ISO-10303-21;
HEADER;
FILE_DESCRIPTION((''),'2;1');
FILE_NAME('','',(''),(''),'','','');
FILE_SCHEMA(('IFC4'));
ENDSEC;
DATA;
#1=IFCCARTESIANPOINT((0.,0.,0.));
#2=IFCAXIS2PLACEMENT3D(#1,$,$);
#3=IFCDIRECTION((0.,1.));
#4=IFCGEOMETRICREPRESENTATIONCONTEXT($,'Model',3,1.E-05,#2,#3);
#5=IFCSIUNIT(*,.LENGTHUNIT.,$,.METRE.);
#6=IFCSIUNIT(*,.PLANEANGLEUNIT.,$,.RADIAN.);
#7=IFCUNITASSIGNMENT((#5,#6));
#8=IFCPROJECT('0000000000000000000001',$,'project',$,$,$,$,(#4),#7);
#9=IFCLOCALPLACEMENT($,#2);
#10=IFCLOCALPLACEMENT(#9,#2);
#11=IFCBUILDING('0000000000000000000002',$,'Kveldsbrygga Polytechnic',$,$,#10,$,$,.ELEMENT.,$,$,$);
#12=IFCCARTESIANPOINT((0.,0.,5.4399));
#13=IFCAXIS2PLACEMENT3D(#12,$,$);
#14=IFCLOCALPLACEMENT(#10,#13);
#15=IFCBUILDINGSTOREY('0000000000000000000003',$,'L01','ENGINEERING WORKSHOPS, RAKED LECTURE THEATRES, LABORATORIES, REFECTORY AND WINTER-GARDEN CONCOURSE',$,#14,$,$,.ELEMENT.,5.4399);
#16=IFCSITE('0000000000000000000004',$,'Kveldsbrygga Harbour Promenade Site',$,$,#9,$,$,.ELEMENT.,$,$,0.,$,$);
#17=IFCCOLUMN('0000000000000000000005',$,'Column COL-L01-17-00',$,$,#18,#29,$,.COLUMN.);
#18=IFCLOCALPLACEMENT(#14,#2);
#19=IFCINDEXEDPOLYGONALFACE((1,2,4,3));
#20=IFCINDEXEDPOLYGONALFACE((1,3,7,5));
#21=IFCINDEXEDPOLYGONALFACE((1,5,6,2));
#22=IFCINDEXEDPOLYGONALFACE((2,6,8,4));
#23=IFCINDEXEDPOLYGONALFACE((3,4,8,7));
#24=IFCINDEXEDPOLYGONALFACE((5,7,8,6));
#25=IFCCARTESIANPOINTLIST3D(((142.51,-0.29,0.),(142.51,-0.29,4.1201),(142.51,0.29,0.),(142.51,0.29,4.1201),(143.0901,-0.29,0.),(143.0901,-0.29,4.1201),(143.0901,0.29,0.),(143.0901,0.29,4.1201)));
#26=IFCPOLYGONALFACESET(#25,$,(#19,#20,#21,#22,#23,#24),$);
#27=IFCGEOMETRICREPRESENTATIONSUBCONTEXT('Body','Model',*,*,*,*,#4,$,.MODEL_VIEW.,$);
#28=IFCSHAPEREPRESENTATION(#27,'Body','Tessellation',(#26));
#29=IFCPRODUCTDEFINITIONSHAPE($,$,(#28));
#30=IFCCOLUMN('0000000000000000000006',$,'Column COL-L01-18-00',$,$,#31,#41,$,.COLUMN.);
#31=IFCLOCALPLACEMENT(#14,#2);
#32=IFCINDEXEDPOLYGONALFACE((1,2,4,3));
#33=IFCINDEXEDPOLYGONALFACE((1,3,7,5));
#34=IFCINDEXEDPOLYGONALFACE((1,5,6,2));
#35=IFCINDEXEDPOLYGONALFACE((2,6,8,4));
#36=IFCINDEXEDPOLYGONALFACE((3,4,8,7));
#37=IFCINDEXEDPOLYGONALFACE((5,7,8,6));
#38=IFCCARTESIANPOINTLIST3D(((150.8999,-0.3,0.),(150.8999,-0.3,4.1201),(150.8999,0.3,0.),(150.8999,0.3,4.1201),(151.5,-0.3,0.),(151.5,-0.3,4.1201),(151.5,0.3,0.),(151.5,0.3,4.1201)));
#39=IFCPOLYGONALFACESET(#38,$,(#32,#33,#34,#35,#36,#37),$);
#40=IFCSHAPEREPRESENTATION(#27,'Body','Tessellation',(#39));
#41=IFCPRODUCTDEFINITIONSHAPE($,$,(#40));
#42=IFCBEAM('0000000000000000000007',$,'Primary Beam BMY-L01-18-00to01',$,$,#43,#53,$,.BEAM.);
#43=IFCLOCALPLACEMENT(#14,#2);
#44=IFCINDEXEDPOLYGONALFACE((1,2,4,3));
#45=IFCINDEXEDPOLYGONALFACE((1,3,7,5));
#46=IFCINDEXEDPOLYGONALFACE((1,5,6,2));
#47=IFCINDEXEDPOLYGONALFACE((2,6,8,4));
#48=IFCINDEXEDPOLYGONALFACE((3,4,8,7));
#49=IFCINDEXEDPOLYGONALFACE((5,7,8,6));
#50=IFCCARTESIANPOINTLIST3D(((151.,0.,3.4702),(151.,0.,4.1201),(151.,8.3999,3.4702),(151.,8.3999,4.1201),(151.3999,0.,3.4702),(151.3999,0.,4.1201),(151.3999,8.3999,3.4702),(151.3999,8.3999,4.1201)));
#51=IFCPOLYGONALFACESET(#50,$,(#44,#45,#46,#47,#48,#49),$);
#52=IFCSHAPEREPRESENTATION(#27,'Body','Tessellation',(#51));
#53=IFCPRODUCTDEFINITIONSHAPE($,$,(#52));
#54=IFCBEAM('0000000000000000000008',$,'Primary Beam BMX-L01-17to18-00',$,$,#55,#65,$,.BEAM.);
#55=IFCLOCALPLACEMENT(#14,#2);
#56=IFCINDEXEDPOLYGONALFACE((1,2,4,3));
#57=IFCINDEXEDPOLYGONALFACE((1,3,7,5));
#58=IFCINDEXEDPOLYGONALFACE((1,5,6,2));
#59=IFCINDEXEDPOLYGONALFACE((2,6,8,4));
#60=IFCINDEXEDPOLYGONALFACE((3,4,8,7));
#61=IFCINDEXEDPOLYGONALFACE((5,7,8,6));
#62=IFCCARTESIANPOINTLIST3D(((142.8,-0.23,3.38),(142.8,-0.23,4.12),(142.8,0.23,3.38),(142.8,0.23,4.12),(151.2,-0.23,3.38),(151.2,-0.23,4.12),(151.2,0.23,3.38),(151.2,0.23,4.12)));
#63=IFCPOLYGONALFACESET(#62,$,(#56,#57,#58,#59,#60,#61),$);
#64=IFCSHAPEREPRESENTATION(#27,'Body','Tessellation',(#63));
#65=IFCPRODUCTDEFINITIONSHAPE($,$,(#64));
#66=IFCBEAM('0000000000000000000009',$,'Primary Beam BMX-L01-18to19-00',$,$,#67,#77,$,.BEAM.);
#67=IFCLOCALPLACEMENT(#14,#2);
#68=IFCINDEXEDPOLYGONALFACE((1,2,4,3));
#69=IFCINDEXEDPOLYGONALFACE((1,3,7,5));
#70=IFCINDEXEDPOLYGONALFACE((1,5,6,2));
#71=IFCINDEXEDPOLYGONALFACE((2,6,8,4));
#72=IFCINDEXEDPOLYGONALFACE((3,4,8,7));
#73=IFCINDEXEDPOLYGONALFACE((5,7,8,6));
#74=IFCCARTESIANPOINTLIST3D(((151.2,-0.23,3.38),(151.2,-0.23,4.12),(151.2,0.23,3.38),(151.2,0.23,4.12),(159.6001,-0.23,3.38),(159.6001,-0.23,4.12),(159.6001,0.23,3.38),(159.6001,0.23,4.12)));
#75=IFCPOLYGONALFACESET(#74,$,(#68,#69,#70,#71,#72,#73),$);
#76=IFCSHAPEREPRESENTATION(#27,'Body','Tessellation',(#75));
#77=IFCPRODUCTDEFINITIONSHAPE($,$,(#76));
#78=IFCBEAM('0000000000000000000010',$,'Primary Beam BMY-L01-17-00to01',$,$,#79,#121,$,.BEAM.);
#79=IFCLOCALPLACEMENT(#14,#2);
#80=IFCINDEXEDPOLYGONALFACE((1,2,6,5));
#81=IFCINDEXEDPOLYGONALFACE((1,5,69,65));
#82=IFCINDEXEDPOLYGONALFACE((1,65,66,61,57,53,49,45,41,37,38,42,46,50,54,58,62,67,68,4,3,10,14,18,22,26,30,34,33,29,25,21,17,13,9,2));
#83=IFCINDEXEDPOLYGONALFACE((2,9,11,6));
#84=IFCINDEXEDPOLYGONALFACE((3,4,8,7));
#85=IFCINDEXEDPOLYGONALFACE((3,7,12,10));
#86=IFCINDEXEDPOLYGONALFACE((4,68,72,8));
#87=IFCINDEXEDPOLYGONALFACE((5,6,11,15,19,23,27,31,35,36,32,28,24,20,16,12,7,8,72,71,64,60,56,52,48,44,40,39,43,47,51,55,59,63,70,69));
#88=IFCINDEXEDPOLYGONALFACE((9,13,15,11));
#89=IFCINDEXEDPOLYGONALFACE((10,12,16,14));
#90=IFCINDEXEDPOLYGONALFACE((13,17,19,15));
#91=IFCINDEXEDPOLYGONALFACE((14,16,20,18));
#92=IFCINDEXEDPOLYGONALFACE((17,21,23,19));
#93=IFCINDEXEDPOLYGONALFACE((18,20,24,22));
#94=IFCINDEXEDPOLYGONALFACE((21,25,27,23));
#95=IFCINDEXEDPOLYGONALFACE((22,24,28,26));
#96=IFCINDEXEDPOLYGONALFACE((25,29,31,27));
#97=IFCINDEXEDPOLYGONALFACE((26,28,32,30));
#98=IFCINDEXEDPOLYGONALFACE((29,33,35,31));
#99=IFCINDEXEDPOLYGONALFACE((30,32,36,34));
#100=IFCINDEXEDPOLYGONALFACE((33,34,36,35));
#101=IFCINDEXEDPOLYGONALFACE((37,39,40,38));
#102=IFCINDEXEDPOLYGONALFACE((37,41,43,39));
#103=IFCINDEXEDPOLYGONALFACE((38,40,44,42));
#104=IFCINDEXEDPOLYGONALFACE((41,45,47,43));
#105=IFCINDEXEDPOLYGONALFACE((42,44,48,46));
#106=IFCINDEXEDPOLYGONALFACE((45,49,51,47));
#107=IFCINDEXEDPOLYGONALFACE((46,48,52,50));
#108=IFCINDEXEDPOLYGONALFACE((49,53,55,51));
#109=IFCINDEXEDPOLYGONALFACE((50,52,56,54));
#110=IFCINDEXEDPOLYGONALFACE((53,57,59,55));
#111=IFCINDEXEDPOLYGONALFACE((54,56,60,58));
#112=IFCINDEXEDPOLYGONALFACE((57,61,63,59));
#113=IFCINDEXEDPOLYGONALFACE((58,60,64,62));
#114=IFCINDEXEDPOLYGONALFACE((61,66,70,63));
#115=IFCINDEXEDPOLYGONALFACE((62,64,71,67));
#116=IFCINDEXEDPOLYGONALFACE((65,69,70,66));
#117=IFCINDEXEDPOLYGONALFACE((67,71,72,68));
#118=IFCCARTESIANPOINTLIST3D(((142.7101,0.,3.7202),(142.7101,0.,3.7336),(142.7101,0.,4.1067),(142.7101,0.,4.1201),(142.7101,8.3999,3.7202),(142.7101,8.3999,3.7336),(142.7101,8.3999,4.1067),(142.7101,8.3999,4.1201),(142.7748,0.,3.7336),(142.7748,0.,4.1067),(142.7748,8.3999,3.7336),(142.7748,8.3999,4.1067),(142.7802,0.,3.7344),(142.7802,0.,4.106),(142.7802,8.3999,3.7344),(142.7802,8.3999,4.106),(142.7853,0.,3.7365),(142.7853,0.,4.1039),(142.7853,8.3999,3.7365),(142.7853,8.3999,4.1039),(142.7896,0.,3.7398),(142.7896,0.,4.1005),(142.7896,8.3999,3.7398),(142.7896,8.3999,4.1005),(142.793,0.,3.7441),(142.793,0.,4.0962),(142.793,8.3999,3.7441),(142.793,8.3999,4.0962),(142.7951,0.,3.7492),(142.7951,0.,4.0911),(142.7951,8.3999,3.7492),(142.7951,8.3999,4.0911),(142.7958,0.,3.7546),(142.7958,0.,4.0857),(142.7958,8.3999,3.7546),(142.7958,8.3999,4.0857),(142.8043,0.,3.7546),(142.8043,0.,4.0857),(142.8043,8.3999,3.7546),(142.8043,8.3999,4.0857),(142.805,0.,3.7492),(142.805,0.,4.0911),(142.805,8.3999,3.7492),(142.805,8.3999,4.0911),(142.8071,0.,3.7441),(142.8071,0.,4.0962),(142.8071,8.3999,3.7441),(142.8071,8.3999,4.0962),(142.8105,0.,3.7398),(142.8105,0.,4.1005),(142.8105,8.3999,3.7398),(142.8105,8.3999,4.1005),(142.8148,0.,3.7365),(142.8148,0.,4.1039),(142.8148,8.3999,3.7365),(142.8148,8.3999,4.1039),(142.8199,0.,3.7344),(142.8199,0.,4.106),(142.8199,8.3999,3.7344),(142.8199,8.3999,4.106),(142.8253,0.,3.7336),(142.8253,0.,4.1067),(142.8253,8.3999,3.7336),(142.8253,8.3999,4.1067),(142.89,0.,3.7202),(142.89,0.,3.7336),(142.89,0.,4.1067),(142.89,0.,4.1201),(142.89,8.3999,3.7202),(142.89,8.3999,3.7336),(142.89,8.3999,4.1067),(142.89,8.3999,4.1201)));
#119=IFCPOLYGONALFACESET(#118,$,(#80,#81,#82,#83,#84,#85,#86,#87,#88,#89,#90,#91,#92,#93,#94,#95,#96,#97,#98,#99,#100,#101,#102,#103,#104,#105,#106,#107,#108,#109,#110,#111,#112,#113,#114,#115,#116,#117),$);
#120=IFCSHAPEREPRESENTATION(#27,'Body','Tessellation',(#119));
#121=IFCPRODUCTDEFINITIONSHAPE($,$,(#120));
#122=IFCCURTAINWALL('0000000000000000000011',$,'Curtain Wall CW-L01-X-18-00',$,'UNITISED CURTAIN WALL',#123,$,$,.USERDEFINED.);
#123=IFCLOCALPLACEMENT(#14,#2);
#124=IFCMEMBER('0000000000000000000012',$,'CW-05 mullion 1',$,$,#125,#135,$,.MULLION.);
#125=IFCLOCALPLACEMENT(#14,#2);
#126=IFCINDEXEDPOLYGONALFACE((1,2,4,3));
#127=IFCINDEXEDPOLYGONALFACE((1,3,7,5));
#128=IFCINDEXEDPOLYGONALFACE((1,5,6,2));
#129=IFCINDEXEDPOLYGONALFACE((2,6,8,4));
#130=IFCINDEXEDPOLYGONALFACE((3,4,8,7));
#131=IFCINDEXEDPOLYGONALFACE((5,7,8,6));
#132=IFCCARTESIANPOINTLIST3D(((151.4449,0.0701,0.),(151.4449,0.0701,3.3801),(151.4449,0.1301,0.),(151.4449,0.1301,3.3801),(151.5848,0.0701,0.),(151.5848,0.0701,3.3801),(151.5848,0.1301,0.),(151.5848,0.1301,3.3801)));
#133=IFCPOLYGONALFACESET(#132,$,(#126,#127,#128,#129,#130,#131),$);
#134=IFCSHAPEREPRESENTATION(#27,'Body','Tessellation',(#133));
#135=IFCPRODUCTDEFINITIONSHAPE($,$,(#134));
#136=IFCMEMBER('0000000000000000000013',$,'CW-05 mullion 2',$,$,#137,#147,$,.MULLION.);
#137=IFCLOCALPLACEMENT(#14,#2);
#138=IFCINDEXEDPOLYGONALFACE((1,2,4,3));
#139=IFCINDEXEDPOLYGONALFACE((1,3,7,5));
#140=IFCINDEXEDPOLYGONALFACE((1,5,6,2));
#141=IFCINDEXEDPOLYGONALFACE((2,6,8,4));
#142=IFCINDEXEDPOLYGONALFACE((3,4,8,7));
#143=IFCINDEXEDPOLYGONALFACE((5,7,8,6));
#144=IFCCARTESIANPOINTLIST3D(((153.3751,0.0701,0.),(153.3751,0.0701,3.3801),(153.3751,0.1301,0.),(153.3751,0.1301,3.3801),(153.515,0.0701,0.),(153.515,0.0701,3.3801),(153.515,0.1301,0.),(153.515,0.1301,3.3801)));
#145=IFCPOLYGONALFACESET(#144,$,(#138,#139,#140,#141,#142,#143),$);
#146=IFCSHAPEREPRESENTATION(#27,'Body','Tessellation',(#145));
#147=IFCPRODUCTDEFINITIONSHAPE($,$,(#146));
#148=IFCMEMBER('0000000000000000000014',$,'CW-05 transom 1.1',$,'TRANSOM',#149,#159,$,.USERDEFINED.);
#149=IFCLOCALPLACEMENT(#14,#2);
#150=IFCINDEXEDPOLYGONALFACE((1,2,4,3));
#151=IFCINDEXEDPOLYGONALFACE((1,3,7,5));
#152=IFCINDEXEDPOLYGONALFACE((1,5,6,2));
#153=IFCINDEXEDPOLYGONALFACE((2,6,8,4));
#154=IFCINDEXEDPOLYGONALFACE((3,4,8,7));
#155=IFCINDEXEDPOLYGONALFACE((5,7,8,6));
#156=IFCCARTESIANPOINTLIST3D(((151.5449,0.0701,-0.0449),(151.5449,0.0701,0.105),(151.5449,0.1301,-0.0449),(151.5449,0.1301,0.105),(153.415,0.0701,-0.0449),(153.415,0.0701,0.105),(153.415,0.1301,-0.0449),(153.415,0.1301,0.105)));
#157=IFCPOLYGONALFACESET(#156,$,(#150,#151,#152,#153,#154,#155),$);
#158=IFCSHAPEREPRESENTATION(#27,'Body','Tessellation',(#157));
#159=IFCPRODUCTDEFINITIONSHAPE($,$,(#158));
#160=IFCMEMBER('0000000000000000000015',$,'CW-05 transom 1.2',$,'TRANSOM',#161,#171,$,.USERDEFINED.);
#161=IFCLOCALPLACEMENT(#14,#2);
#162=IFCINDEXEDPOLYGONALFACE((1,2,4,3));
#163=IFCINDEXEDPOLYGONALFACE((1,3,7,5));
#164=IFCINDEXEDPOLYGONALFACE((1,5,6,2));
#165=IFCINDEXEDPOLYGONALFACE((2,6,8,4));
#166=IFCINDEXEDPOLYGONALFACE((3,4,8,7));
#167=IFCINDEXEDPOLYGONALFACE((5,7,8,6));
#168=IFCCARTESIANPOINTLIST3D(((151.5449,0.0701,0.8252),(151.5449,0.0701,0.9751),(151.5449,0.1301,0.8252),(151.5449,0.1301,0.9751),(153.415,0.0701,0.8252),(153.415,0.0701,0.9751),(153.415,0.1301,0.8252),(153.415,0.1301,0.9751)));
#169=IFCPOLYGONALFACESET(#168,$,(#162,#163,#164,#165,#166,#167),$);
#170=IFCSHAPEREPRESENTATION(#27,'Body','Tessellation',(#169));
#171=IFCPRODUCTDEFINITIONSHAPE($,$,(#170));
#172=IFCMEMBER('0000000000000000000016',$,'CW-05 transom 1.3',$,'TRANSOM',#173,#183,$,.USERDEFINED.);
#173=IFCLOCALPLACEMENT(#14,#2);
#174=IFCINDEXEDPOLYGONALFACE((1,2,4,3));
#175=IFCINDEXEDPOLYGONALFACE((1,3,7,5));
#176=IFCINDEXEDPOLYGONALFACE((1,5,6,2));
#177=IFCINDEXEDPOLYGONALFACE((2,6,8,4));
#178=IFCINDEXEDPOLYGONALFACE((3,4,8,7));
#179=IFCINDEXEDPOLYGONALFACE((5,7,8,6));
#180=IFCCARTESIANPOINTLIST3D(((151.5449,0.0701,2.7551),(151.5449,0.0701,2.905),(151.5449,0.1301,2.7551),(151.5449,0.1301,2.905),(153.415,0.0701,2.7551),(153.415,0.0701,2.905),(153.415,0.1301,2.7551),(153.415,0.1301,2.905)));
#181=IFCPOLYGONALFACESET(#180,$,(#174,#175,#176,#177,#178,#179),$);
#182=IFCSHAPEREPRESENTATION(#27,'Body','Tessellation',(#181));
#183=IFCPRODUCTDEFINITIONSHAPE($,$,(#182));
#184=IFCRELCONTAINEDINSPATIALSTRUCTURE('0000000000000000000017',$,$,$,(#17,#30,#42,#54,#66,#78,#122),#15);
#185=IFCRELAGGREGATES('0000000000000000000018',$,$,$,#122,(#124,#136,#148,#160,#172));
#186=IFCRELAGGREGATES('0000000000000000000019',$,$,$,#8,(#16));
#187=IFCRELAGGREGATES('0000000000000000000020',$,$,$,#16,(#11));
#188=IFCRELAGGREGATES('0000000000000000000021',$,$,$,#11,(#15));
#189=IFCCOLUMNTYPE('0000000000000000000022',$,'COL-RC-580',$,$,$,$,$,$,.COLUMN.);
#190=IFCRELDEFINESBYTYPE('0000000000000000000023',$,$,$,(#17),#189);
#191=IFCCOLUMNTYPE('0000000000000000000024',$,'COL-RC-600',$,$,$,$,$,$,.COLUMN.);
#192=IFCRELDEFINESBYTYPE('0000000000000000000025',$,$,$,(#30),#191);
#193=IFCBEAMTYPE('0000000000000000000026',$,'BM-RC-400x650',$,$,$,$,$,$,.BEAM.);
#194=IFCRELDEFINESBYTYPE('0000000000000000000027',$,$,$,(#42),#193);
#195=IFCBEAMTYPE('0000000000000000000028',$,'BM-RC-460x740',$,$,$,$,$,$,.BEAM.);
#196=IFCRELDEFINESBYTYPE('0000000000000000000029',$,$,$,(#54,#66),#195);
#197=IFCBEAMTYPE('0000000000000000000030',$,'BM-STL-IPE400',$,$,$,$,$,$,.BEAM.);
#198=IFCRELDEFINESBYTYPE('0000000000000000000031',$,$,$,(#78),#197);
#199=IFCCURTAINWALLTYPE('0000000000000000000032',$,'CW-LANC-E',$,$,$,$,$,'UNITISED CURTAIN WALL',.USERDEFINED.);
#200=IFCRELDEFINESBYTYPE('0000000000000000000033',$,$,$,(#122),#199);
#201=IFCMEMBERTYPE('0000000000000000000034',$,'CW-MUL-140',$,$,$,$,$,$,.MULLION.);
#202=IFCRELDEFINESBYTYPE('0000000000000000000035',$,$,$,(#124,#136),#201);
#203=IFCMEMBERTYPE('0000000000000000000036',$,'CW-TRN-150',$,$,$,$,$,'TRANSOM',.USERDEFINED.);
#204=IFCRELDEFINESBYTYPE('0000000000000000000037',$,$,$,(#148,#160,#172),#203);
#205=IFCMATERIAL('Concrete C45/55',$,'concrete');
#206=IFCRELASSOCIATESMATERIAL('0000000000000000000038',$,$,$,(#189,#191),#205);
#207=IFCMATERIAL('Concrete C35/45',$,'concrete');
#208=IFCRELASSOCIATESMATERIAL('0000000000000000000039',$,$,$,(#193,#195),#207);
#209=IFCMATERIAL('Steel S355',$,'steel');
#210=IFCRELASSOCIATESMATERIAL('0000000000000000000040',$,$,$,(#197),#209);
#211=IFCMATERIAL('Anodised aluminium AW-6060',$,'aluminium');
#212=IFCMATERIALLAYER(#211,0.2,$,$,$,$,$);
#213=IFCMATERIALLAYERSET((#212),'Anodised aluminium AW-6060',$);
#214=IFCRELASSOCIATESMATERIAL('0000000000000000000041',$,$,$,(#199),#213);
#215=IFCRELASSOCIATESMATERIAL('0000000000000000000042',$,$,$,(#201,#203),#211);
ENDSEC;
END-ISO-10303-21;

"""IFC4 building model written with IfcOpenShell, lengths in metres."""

from ifc_helpers import new_model, si_unit, direction, frame, origin, origin_2d, place, context, subcontext, project, spatial, rectangle, i_section, extrude, material, layer, layer_set, material_profile, profile_set, type_object, element, aggregate, save


model = new_model("IFC4")

# Units and contexts
model_context = context("Model", 3, precision=1e-05, world=origin(), true_north=direction((0.0, 1.0)))
body_context = subcontext(model_context, "Body", "Model", "MODEL_VIEW")
ifc_project = project(units=[si_unit("LENGTHUNIT", "METRE"), si_unit("PLANEANGLEUNIT", "RADIAN")], contexts=[model_context])

# Site, building, storey
site_placement = place(None, origin())
site = spatial("IfcSite", under=ifc_project, at=site_placement, Name="Kveldsbrygga Harbour Promenade Site", CompositionType="ELEMENT", RefElevation=0.0)
building_placement = place(site_placement, origin())
building = spatial("IfcBuilding", under=site, at=building_placement, Name="Kveldsbrygga Polytechnic", CompositionType="ELEMENT")
storey_placement = place(building_placement, frame((0.0, 0.0, 5.4399)))
storey = spatial("IfcBuildingStorey", under=building, at=storey_placement, Name="L01", Description="ENGINEERING WORKSHOPS, RAKED LECTURE THEATRES, LABORATORIES, REFECTORY AND WINTER-GARDEN CONCOURSE", CompositionType="ELEMENT", Elevation=5.4399)

# Columns
ifc_material_1 = material(Name="Concrete C45/55", Category="concrete")
ifc_material_profile_1 = material_profile(ifc_material_1, rectangle(XDim=0.5801, YDim=0.5801, at=origin_2d()), Name="RC 580x580")
ifc_profile_set_1 = profile_set([ifc_material_profile_1], Name="Concrete C45/55")
column_type_1 = type_object("IfcColumnType", Name="COL-RC-580", PredefinedType="COLUMN", material=ifc_profile_set_1)
column_1_placement = place(storey_placement, frame((142.8, 0.0, 0.0), z_axis=(0.0, 0.0, 1.0), x_axis=(1.0, 0.0, 0.0)))
element("IfcColumn", 1, at=column_1_placement, inside=storey, type_object=column_type_1, Name="Column COL-L01-17-00", PredefinedType="COLUMN", context=body_context, shape_type="SweptSolid", body=[
    extrude(rectangle(XDim=0.5801, YDim=0.5801, at=origin_2d()), origin(), (0.0, 0.0, 1.0), 4.1201),
])
ifc_material_profile_2 = material_profile(ifc_material_1, rectangle(XDim=0.6001, YDim=0.6001, at=origin_2d()), Name="RC 600x600")
ifc_profile_set_2 = profile_set([ifc_material_profile_2], Name="Concrete C45/55")
column_type_2 = type_object("IfcColumnType", Name="COL-RC-600", PredefinedType="COLUMN", material=ifc_profile_set_2)
column_2_placement = place(storey_placement, frame((151.2, 0.0, 0.0), z_axis=(0.0, 0.0, 1.0), x_axis=(1.0, 0.0, 0.0)))
element("IfcColumn", 2, at=column_2_placement, inside=storey, type_object=column_type_2, Name="Column COL-L01-18-00", PredefinedType="COLUMN", context=body_context, shape_type="SweptSolid", body=[
    extrude(rectangle(XDim=0.6001, YDim=0.6001, at=origin_2d()), origin(), (0.0, 0.0, 1.0), 4.1201),
])

# Beams
ifc_material_2 = material(Name="Concrete C35/45", Category="concrete")
ifc_material_profile_3 = material_profile(ifc_material_2, rectangle(XDim=0.3999, YDim=0.6499, at=origin_2d()), Name="RC 400x650")
ifc_profile_set_3 = profile_set([ifc_material_profile_3], Name="Concrete C35/45")
beam_type_1 = type_object("IfcBeamType", Name="BM-RC-400x650", PredefinedType="BEAM", material=ifc_profile_set_3)
beam_1_placement = place(storey_placement, frame((151.2, 0.0, 3.7952), z_axis=(0.0, 1.0, 0.0), x_axis=(-1.0, 0.0, 0.0)))
element("IfcBeam", 3, at=beam_1_placement, inside=storey, type_object=beam_type_1, Name="Primary Beam BMY-L01-18-00to01", PredefinedType="BEAM", context=body_context, shape_type="SweptSolid", body=[
    extrude(rectangle(XDim=0.3999, YDim=0.6499, at=origin_2d()), origin(), (0.0, 0.0, 1.0), 8.3999),
])
ifc_material_profile_4 = material_profile(ifc_material_2, rectangle(XDim=0.46, YDim=0.74, at=origin_2d()), Name="RC 460x740")
ifc_profile_set_4 = profile_set([ifc_material_profile_4], Name="Concrete C35/45")
beam_type_2 = type_object("IfcBeamType", Name="BM-RC-460x740", PredefinedType="BEAM", material=ifc_profile_set_4)
beam_2_placement = place(storey_placement, frame((142.8, 0.0, 3.75), z_axis=(1.0, 0.0, 0.0), x_axis=(0.0, 1.0, 0.0)))
element("IfcBeam", 4, at=beam_2_placement, inside=storey, type_object=beam_type_2, Name="Primary Beam BMX-L01-17to18-00", PredefinedType="BEAM", context=body_context, shape_type="SweptSolid", body=[
    extrude(rectangle(XDim=0.46, YDim=0.74, at=origin_2d()), origin(), (0.0, 0.0, 1.0), 8.3999),
])
beam_3_placement = place(storey_placement, frame((151.2, 0.0, 3.75), z_axis=(1.0, 0.0, 0.0), x_axis=(0.0, 1.0, 0.0)))
element("IfcBeam", 5, at=beam_3_placement, inside=storey, type_object=beam_type_2, Name="Primary Beam BMX-L01-18to19-00", PredefinedType="BEAM", context=body_context, shape_type="SweptSolid", body=[
    extrude(rectangle(XDim=0.46, YDim=0.74, at=origin_2d()), origin(), (0.0, 0.0, 1.0), 8.4001),
])
ifc_material_3 = material(Name="Steel S355", Category="steel")
ifc_material_profile_5 = material_profile(ifc_material_3, i_section(OverallWidth=0.1799, OverallDepth=0.3999, WebThickness=0.0085, FlangeThickness=0.0134, FilletRadius=0.021, at=origin_2d()), Name="IPE 400")
ifc_profile_set_5 = profile_set([ifc_material_profile_5], Name="Steel S355")
beam_type_3 = type_object("IfcBeamType", Name="BM-STL-IPE400", PredefinedType="BEAM", material=ifc_profile_set_5)
beam_4_placement = place(storey_placement, frame((142.8, 0.0, 3.9202), z_axis=(0.0, 1.0, 0.0), x_axis=(-1.0, 0.0, 0.0)))
element("IfcBeam", 6, at=beam_4_placement, inside=storey, type_object=beam_type_3, Name="Primary Beam BMY-L01-17-00to01", PredefinedType="BEAM", context=body_context, shape_type="SweptSolid", body=[
    extrude(i_section(OverallWidth=0.1799, OverallDepth=0.3999, WebThickness=0.0085, FlangeThickness=0.0134, FilletRadius=0.021, at=origin_2d()), origin(), (0.0, 0.0, 1.0), 8.3999),
])

# Curtain wall, members
ifc_material_4 = material(Name="Anodised aluminium AW-6060", Category="aluminium")
ifc_layer_1 = layer(ifc_material_4, 0.2)
ifc_layer_set_1 = layer_set([ifc_layer_1], Name="Anodised aluminium AW-6060")
curtain_wall_type = type_object("IfcCurtainWallType", Name="CW-LANC-E", ElementType="UNITISED CURTAIN WALL", PredefinedType="USERDEFINED", material=ifc_layer_set_1)
curtain_wall_placement = place(storey_placement, origin())
curtain_wall = element("IfcCurtainWall", 7, at=curtain_wall_placement, inside=storey, type_object=curtain_wall_type, Name="Curtain Wall CW-L01-X-18-00", ObjectType="UNITISED CURTAIN WALL", PredefinedType="USERDEFINED")
ifc_material_profile_6 = material_profile(ifc_material_4, rectangle(XDim=0.0601, YDim=0.1399, at=origin_2d()), Name="ALU 60x140")
ifc_profile_set_6 = profile_set([ifc_material_profile_6], Name="Anodised aluminium AW-6060")
member_type_1 = type_object("IfcMemberType", Name="CW-MUL-140", PredefinedType="MULLION", material=ifc_profile_set_6)
member_1_placement = place(storey_placement, frame((151.5149, 0.1001, 0.0), z_axis=(0.0, 0.0, 1.0), x_axis=(0.0, 1.0, 0.0)))
member_1 = element("IfcMember", 8, at=member_1_placement, type_object=member_type_1, Name="CW-05 mullion 1", PredefinedType="MULLION", context=body_context, shape_type="SweptSolid", body=[
    extrude(rectangle(XDim=0.0601, YDim=0.1399, at=origin_2d()), origin(), (0.0, 0.0, 1.0), 3.3801),
])
member_2_placement = place(storey_placement, frame((153.4451, 0.1001, 0.0), z_axis=(0.0, 0.0, 1.0), x_axis=(0.0, 1.0, 0.0)))
member_2 = element("IfcMember", 9, at=member_2_placement, type_object=member_type_1, Name="CW-05 mullion 2", PredefinedType="MULLION", context=body_context, shape_type="SweptSolid", body=[
    extrude(rectangle(XDim=0.0601, YDim=0.1399, at=origin_2d()), origin(), (0.0, 0.0, 1.0), 3.3801),
])
ifc_material_profile_7 = material_profile(ifc_material_4, rectangle(XDim=0.0601, YDim=0.1499, at=origin_2d()), Name="ALU 60x150")
ifc_profile_set_7 = profile_set([ifc_material_profile_7], Name="Anodised aluminium AW-6060")
member_type_2 = type_object("IfcMemberType", Name="CW-TRN-150", ElementType="TRANSOM", PredefinedType="USERDEFINED", material=ifc_profile_set_7)
member_3_placement = place(storey_placement, frame((151.5449, 0.1001, 0.03), z_axis=(1.0, 0.0, 0.0), x_axis=(0.0, 1.0, 0.0)))
member_3 = element("IfcMember", 10, at=member_3_placement, type_object=member_type_2, Name="CW-05 transom 1.1", ObjectType="TRANSOM", PredefinedType="USERDEFINED", context=body_context, shape_type="SweptSolid", body=[
    extrude(rectangle(XDim=0.0601, YDim=0.1499, at=origin_2d()), origin(), (0.0, 0.0, 1.0), 1.8701),
])
member_4_placement = place(storey_placement, frame((151.5449, 0.1001, 0.9001), z_axis=(1.0, 0.0, 0.0), x_axis=(0.0, 1.0, 0.0)))
member_4 = element("IfcMember", 11, at=member_4_placement, type_object=member_type_2, Name="CW-05 transom 1.2", ObjectType="TRANSOM", PredefinedType="USERDEFINED", context=body_context, shape_type="SweptSolid", body=[
    extrude(rectangle(XDim=0.0601, YDim=0.1499, at=origin_2d()), origin(), (0.0, 0.0, 1.0), 1.8701),
])
member_5_placement = place(storey_placement, frame((151.5449, 0.1001, 2.8301), z_axis=(1.0, 0.0, 0.0), x_axis=(0.0, 1.0, 0.0)))
member_5 = element("IfcMember", 12, at=member_5_placement, type_object=member_type_2, Name="CW-05 transom 1.3", ObjectType="TRANSOM", PredefinedType="USERDEFINED", context=body_context, shape_type="SweptSolid", body=[
    extrude(rectangle(XDim=0.0601, YDim=0.1499, at=origin_2d()), origin(), (0.0, 0.0, 1.0), 1.8701),
])
aggregate(curtain_wall, [member_1, member_2, member_3, member_4, member_5])

save(model, "model.ifc")
